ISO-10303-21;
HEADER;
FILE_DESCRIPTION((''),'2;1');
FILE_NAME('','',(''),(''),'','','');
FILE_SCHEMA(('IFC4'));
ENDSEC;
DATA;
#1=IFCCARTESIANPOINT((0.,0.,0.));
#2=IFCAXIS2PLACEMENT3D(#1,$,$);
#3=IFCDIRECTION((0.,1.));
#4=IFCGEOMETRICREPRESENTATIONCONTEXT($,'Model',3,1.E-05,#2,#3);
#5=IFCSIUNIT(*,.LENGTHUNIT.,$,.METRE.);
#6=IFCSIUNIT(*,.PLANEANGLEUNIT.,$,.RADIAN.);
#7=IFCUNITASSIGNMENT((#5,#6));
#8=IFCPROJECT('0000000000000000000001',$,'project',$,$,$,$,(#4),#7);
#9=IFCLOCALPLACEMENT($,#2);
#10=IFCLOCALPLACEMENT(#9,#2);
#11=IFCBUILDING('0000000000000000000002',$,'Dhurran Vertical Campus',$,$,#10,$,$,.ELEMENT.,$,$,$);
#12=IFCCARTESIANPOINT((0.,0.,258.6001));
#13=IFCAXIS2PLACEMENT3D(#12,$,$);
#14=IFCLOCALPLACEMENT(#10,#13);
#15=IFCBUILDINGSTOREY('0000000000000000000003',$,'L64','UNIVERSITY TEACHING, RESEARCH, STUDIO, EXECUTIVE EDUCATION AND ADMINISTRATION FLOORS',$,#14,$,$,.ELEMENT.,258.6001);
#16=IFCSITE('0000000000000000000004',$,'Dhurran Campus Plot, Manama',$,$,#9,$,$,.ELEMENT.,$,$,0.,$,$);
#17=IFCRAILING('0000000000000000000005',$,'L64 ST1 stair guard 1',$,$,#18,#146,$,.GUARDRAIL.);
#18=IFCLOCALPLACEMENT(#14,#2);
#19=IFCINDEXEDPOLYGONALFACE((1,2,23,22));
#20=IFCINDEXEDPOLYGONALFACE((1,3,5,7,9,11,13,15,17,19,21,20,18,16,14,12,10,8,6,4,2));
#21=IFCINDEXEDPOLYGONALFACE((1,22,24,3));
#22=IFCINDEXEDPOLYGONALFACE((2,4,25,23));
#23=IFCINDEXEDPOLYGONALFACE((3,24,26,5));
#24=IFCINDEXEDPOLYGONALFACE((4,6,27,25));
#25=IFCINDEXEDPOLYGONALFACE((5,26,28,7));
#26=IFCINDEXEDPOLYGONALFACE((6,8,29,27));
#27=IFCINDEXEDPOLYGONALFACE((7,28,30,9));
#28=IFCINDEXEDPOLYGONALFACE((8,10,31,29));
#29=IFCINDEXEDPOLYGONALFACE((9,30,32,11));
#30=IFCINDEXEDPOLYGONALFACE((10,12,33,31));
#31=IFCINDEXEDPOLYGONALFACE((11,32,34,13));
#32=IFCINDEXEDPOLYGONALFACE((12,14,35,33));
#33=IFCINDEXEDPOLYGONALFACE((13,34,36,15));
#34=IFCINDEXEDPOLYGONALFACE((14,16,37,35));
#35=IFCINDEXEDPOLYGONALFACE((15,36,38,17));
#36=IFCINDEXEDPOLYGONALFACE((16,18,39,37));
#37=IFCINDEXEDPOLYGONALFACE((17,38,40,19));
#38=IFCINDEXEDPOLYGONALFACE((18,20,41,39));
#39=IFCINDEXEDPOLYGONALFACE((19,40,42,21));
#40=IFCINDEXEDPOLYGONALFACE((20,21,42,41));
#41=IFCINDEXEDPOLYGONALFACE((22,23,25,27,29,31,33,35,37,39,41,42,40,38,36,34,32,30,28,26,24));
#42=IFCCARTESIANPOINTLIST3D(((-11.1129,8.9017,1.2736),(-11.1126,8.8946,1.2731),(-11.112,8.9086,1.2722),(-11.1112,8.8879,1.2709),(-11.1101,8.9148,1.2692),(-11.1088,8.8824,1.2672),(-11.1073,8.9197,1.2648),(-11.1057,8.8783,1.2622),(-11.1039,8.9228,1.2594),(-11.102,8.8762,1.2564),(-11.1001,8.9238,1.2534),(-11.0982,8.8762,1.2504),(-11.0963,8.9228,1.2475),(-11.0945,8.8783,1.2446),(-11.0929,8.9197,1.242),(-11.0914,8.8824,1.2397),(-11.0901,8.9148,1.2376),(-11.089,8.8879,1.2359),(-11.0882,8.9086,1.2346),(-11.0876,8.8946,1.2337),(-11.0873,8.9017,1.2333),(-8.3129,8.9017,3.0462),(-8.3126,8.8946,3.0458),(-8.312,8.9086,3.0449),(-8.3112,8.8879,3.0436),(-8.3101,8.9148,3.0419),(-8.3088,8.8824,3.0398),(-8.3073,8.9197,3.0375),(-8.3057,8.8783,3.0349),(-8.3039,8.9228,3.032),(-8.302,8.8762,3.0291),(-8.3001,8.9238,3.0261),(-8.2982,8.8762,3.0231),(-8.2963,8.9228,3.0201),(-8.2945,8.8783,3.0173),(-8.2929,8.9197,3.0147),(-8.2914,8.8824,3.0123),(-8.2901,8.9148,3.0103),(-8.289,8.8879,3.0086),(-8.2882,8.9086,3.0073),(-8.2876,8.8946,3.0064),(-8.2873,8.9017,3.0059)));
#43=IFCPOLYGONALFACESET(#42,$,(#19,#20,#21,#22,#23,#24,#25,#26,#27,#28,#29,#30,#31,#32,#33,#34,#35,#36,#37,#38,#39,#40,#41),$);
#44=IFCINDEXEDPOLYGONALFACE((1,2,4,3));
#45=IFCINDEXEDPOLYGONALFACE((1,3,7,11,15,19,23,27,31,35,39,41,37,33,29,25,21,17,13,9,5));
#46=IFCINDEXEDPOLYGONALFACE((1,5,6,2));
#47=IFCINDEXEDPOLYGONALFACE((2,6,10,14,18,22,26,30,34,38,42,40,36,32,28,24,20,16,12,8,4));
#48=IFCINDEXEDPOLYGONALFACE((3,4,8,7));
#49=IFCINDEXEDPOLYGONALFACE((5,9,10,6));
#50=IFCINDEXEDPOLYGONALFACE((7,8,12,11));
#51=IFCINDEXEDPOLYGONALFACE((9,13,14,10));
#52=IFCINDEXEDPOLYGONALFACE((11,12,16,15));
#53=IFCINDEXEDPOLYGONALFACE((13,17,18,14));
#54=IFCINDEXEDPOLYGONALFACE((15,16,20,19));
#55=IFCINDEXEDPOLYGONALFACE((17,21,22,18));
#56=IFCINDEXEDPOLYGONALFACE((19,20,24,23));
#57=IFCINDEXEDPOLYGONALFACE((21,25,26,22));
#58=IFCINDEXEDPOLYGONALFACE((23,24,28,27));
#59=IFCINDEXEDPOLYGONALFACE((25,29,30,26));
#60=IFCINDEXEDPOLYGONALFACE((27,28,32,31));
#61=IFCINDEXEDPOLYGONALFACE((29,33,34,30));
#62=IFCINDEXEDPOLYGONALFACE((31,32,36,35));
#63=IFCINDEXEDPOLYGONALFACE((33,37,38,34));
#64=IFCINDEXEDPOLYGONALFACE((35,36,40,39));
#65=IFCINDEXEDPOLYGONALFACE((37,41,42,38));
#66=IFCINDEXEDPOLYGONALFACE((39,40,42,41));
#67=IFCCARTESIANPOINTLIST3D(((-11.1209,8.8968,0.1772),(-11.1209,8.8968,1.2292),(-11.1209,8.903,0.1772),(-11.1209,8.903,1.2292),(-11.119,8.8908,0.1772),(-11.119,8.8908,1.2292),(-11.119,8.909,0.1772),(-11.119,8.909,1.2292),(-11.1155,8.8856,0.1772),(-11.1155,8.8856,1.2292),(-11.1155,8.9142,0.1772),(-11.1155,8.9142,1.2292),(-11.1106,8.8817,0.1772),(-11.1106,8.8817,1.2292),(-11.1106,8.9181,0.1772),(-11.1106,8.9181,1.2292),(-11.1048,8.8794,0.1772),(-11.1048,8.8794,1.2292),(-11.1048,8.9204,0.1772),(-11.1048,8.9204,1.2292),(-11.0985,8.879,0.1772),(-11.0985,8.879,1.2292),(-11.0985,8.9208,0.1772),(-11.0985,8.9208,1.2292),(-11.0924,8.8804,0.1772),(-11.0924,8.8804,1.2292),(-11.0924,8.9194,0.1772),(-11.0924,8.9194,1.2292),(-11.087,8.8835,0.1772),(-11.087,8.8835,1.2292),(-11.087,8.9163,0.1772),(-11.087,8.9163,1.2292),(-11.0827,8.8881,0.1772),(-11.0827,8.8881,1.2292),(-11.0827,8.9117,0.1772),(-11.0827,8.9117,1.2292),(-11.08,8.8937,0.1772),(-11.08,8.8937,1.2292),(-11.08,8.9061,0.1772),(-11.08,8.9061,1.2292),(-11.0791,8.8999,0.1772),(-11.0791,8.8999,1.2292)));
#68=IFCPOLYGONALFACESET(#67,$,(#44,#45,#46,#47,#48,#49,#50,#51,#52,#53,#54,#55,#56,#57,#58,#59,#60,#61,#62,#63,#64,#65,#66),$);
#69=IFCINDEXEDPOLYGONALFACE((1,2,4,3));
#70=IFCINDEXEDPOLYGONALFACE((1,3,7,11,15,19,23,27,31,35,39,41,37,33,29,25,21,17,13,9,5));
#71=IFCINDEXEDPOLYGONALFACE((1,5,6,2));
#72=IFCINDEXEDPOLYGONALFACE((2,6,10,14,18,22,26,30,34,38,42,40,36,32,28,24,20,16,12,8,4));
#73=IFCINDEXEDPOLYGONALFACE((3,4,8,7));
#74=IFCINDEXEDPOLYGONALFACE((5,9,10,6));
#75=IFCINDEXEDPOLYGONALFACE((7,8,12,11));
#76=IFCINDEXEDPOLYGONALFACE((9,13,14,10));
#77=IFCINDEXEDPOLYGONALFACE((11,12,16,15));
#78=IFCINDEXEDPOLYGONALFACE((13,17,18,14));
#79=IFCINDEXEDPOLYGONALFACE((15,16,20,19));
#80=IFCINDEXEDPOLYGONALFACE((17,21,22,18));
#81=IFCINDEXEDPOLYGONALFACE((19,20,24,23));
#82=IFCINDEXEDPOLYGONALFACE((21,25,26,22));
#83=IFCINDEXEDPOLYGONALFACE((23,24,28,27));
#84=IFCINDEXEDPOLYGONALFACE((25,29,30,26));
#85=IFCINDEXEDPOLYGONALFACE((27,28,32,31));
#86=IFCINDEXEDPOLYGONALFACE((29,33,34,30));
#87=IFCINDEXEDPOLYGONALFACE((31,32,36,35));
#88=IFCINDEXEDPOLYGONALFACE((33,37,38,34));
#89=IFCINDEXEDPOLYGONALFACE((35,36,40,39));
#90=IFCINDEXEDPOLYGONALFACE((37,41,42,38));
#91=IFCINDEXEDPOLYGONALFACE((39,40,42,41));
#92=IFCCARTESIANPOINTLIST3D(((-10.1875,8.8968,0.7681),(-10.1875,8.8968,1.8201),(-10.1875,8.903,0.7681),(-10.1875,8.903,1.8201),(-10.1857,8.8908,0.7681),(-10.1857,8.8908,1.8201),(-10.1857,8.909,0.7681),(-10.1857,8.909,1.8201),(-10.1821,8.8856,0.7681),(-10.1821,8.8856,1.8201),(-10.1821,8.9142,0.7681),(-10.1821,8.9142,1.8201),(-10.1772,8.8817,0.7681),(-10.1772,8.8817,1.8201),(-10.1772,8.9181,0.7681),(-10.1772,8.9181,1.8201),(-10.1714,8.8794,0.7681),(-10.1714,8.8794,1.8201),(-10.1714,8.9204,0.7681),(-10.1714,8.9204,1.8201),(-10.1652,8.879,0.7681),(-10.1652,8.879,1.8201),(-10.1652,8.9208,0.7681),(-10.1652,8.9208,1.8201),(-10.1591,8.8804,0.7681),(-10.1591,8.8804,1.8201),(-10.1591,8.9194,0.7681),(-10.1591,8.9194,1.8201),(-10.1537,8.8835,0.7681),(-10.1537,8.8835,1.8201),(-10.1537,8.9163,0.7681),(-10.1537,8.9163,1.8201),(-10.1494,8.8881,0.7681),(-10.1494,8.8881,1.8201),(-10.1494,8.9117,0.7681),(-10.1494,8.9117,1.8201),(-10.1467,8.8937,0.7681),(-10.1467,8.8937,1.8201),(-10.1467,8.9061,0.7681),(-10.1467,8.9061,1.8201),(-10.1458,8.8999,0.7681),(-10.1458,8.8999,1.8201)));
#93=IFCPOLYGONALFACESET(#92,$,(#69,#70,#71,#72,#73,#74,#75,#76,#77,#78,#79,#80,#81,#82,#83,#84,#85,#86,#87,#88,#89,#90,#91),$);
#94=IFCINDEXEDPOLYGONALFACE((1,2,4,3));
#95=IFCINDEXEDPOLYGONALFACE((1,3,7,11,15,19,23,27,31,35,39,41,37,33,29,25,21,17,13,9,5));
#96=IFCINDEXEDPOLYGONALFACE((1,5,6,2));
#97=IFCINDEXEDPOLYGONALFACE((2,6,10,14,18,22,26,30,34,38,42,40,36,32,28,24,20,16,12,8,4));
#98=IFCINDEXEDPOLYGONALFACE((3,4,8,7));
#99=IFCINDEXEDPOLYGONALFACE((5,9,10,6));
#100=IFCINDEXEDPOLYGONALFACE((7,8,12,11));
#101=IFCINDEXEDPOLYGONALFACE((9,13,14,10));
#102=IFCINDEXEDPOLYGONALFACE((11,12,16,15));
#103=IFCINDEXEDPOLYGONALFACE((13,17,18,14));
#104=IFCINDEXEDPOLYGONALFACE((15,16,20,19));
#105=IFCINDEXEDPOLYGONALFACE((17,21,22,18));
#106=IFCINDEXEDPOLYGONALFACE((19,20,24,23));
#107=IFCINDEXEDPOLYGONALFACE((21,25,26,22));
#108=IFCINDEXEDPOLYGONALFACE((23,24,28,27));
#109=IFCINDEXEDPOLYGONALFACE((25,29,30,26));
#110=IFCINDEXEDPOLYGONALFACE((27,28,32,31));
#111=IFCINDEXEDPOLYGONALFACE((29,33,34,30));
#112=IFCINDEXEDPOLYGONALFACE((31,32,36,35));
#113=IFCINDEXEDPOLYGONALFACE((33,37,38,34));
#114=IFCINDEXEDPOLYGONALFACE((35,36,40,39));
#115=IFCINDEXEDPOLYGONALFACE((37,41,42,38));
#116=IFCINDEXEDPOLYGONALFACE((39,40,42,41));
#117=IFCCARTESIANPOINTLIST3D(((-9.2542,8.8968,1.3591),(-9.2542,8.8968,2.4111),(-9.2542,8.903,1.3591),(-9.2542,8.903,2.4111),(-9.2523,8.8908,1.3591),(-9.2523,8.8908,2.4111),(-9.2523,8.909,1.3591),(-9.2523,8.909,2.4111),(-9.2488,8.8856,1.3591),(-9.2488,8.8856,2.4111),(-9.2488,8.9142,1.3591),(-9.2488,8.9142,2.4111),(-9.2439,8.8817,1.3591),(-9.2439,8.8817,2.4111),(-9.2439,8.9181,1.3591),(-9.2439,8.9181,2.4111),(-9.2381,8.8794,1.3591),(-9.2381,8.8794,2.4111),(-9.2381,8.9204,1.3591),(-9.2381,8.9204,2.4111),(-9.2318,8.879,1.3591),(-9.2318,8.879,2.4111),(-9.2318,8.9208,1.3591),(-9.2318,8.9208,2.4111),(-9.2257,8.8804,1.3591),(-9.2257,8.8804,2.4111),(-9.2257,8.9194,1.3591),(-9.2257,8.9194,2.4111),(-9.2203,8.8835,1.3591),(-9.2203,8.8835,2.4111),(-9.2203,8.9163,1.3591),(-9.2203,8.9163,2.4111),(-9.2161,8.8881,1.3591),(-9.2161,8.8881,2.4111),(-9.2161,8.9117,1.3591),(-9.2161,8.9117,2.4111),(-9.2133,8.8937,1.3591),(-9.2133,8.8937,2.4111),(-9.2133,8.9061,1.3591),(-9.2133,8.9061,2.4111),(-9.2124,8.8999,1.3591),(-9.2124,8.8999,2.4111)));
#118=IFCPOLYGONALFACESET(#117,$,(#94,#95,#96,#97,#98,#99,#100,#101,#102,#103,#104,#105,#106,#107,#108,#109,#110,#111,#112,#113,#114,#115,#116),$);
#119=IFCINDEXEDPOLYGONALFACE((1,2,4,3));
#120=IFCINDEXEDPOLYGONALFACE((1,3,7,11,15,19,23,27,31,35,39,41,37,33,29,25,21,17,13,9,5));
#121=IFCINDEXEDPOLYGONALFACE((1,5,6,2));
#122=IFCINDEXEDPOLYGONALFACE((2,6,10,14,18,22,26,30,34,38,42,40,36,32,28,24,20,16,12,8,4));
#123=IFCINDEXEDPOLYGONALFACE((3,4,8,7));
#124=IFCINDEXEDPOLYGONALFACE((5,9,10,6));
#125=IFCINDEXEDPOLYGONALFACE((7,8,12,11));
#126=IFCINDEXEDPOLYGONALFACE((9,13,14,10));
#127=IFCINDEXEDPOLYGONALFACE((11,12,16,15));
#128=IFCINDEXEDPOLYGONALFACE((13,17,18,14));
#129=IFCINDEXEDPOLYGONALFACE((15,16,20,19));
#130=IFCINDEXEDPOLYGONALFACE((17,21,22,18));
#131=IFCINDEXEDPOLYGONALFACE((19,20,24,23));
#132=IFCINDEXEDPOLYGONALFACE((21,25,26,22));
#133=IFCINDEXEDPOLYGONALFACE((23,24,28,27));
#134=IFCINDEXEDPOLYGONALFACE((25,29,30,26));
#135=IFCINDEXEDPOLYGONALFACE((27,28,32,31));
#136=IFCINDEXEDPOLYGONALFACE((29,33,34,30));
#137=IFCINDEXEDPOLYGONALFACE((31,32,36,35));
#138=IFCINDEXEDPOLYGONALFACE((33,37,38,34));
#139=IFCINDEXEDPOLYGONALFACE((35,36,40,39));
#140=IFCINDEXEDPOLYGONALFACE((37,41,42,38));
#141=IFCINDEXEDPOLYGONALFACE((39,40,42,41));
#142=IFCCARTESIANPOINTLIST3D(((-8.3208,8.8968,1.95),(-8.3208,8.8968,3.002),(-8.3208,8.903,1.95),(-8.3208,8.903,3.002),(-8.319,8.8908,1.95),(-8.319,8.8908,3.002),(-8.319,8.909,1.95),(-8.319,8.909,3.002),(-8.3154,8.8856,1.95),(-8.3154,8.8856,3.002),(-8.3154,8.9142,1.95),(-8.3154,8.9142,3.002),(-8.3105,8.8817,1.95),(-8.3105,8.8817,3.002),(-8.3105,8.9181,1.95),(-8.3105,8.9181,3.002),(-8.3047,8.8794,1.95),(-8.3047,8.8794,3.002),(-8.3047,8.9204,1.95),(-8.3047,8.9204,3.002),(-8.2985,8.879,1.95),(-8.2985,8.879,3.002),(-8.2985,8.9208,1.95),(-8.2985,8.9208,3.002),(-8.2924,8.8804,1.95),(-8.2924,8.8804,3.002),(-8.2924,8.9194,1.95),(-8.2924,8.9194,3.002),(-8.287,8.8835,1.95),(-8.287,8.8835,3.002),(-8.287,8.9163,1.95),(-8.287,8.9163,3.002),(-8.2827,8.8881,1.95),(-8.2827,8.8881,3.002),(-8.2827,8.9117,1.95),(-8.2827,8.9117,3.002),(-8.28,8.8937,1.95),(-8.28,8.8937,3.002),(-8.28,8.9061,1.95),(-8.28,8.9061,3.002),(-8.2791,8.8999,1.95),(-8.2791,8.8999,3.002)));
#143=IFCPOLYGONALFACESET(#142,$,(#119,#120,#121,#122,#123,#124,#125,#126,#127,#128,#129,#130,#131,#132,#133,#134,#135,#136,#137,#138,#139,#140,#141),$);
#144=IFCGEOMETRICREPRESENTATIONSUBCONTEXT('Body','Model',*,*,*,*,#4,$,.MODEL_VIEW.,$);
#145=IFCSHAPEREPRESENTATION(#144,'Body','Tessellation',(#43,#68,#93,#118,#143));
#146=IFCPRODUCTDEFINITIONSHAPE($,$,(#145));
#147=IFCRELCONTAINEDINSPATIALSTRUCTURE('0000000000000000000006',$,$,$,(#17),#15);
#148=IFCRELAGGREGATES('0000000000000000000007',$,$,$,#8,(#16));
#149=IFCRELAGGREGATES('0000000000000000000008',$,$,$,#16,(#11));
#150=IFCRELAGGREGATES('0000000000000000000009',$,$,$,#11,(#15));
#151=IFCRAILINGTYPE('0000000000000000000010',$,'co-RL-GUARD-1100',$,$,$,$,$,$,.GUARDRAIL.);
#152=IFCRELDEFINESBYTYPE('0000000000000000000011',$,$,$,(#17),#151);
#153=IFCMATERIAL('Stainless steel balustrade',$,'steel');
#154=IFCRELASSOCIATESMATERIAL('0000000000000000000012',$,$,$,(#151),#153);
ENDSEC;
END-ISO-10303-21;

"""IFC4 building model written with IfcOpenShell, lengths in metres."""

from ifc_helpers import new_model, si_unit, direction, frame, origin, origin_2d, place, context, subcontext, project, spatial, circle, extrude, material, type_object, element, save


model = new_model("IFC4")

# Units and contexts
model_context = context("Model", 3, precision=1e-05, world=origin(), true_north=direction((0.0, 1.0)))
body_context = subcontext(model_context, "Body", "Model", "MODEL_VIEW")
ifc_project = project(units=[si_unit("LENGTHUNIT", "METRE"), si_unit("PLANEANGLEUNIT", "RADIAN")], contexts=[model_context])

# Site, building, storey
site_placement = place(None, origin())
site = spatial("IfcSite", under=ifc_project, at=site_placement, Name="Dhurran Campus Plot, Manama", CompositionType="ELEMENT", RefElevation=0.0)
building_placement = place(site_placement, origin())
building = spatial("IfcBuilding", under=site, at=building_placement, Name="Dhurran Vertical Campus", CompositionType="ELEMENT")
storey_placement = place(building_placement, frame((0.0, 0.0, 258.6001)))
storey = spatial("IfcBuildingStorey", under=building, at=storey_placement, Name="L64", Description="UNIVERSITY TEACHING, RESEARCH, STUDIO, EXECUTIVE EDUCATION AND ADMINISTRATION FLOORS", CompositionType="ELEMENT", Elevation=258.6001)

# Railing
ifc_material_1 = material(Name="Stainless steel balustrade", Category="steel")
railing_type_1 = type_object("IfcRailingType", Name="co-RL-GUARD-1100", PredefinedType="GUARDRAIL", material=ifc_material_1)
railing_1_placement = place(storey_placement, frame((-11.1001, 8.8999, 0.1772)))
element("IfcRailing", 1, at=railing_1_placement, inside=storey, type_object=railing_type_1, Name="L64 ST1 stair guard 1", PredefinedType="GUARDRAIL", context=body_context, shape_type="SweptSolid", body=[
    extrude(circle(Radius=0.0239, at=origin_2d()), frame((0.0, 0.0, 1.0762), z_axis=(0.844909, 0.0, 0.53491), x_axis=(0.0, 1.0, 0.0)), (0.0, 0.0, 1.0), 3.314),
    extrude(circle(Radius=0.021, at=origin_2d()), origin(), (0.0, 0.0, 1.0), 1.052),
    extrude(circle(Radius=0.021, at=origin_2d()), frame((0.9333, 0.0, 0.5908)), (0.0, 0.0, 1.0), 1.052),
    extrude(circle(Radius=0.021, at=origin_2d()), frame((1.8667, 0.0, 1.1819)), (0.0, 0.0, 1.0), 1.052),
    extrude(circle(Radius=0.021, at=origin_2d()), frame((2.8, 0.0, 1.7727)), (0.0, 0.0, 1.0), 1.052),
])

save(model, "model.ifc")
